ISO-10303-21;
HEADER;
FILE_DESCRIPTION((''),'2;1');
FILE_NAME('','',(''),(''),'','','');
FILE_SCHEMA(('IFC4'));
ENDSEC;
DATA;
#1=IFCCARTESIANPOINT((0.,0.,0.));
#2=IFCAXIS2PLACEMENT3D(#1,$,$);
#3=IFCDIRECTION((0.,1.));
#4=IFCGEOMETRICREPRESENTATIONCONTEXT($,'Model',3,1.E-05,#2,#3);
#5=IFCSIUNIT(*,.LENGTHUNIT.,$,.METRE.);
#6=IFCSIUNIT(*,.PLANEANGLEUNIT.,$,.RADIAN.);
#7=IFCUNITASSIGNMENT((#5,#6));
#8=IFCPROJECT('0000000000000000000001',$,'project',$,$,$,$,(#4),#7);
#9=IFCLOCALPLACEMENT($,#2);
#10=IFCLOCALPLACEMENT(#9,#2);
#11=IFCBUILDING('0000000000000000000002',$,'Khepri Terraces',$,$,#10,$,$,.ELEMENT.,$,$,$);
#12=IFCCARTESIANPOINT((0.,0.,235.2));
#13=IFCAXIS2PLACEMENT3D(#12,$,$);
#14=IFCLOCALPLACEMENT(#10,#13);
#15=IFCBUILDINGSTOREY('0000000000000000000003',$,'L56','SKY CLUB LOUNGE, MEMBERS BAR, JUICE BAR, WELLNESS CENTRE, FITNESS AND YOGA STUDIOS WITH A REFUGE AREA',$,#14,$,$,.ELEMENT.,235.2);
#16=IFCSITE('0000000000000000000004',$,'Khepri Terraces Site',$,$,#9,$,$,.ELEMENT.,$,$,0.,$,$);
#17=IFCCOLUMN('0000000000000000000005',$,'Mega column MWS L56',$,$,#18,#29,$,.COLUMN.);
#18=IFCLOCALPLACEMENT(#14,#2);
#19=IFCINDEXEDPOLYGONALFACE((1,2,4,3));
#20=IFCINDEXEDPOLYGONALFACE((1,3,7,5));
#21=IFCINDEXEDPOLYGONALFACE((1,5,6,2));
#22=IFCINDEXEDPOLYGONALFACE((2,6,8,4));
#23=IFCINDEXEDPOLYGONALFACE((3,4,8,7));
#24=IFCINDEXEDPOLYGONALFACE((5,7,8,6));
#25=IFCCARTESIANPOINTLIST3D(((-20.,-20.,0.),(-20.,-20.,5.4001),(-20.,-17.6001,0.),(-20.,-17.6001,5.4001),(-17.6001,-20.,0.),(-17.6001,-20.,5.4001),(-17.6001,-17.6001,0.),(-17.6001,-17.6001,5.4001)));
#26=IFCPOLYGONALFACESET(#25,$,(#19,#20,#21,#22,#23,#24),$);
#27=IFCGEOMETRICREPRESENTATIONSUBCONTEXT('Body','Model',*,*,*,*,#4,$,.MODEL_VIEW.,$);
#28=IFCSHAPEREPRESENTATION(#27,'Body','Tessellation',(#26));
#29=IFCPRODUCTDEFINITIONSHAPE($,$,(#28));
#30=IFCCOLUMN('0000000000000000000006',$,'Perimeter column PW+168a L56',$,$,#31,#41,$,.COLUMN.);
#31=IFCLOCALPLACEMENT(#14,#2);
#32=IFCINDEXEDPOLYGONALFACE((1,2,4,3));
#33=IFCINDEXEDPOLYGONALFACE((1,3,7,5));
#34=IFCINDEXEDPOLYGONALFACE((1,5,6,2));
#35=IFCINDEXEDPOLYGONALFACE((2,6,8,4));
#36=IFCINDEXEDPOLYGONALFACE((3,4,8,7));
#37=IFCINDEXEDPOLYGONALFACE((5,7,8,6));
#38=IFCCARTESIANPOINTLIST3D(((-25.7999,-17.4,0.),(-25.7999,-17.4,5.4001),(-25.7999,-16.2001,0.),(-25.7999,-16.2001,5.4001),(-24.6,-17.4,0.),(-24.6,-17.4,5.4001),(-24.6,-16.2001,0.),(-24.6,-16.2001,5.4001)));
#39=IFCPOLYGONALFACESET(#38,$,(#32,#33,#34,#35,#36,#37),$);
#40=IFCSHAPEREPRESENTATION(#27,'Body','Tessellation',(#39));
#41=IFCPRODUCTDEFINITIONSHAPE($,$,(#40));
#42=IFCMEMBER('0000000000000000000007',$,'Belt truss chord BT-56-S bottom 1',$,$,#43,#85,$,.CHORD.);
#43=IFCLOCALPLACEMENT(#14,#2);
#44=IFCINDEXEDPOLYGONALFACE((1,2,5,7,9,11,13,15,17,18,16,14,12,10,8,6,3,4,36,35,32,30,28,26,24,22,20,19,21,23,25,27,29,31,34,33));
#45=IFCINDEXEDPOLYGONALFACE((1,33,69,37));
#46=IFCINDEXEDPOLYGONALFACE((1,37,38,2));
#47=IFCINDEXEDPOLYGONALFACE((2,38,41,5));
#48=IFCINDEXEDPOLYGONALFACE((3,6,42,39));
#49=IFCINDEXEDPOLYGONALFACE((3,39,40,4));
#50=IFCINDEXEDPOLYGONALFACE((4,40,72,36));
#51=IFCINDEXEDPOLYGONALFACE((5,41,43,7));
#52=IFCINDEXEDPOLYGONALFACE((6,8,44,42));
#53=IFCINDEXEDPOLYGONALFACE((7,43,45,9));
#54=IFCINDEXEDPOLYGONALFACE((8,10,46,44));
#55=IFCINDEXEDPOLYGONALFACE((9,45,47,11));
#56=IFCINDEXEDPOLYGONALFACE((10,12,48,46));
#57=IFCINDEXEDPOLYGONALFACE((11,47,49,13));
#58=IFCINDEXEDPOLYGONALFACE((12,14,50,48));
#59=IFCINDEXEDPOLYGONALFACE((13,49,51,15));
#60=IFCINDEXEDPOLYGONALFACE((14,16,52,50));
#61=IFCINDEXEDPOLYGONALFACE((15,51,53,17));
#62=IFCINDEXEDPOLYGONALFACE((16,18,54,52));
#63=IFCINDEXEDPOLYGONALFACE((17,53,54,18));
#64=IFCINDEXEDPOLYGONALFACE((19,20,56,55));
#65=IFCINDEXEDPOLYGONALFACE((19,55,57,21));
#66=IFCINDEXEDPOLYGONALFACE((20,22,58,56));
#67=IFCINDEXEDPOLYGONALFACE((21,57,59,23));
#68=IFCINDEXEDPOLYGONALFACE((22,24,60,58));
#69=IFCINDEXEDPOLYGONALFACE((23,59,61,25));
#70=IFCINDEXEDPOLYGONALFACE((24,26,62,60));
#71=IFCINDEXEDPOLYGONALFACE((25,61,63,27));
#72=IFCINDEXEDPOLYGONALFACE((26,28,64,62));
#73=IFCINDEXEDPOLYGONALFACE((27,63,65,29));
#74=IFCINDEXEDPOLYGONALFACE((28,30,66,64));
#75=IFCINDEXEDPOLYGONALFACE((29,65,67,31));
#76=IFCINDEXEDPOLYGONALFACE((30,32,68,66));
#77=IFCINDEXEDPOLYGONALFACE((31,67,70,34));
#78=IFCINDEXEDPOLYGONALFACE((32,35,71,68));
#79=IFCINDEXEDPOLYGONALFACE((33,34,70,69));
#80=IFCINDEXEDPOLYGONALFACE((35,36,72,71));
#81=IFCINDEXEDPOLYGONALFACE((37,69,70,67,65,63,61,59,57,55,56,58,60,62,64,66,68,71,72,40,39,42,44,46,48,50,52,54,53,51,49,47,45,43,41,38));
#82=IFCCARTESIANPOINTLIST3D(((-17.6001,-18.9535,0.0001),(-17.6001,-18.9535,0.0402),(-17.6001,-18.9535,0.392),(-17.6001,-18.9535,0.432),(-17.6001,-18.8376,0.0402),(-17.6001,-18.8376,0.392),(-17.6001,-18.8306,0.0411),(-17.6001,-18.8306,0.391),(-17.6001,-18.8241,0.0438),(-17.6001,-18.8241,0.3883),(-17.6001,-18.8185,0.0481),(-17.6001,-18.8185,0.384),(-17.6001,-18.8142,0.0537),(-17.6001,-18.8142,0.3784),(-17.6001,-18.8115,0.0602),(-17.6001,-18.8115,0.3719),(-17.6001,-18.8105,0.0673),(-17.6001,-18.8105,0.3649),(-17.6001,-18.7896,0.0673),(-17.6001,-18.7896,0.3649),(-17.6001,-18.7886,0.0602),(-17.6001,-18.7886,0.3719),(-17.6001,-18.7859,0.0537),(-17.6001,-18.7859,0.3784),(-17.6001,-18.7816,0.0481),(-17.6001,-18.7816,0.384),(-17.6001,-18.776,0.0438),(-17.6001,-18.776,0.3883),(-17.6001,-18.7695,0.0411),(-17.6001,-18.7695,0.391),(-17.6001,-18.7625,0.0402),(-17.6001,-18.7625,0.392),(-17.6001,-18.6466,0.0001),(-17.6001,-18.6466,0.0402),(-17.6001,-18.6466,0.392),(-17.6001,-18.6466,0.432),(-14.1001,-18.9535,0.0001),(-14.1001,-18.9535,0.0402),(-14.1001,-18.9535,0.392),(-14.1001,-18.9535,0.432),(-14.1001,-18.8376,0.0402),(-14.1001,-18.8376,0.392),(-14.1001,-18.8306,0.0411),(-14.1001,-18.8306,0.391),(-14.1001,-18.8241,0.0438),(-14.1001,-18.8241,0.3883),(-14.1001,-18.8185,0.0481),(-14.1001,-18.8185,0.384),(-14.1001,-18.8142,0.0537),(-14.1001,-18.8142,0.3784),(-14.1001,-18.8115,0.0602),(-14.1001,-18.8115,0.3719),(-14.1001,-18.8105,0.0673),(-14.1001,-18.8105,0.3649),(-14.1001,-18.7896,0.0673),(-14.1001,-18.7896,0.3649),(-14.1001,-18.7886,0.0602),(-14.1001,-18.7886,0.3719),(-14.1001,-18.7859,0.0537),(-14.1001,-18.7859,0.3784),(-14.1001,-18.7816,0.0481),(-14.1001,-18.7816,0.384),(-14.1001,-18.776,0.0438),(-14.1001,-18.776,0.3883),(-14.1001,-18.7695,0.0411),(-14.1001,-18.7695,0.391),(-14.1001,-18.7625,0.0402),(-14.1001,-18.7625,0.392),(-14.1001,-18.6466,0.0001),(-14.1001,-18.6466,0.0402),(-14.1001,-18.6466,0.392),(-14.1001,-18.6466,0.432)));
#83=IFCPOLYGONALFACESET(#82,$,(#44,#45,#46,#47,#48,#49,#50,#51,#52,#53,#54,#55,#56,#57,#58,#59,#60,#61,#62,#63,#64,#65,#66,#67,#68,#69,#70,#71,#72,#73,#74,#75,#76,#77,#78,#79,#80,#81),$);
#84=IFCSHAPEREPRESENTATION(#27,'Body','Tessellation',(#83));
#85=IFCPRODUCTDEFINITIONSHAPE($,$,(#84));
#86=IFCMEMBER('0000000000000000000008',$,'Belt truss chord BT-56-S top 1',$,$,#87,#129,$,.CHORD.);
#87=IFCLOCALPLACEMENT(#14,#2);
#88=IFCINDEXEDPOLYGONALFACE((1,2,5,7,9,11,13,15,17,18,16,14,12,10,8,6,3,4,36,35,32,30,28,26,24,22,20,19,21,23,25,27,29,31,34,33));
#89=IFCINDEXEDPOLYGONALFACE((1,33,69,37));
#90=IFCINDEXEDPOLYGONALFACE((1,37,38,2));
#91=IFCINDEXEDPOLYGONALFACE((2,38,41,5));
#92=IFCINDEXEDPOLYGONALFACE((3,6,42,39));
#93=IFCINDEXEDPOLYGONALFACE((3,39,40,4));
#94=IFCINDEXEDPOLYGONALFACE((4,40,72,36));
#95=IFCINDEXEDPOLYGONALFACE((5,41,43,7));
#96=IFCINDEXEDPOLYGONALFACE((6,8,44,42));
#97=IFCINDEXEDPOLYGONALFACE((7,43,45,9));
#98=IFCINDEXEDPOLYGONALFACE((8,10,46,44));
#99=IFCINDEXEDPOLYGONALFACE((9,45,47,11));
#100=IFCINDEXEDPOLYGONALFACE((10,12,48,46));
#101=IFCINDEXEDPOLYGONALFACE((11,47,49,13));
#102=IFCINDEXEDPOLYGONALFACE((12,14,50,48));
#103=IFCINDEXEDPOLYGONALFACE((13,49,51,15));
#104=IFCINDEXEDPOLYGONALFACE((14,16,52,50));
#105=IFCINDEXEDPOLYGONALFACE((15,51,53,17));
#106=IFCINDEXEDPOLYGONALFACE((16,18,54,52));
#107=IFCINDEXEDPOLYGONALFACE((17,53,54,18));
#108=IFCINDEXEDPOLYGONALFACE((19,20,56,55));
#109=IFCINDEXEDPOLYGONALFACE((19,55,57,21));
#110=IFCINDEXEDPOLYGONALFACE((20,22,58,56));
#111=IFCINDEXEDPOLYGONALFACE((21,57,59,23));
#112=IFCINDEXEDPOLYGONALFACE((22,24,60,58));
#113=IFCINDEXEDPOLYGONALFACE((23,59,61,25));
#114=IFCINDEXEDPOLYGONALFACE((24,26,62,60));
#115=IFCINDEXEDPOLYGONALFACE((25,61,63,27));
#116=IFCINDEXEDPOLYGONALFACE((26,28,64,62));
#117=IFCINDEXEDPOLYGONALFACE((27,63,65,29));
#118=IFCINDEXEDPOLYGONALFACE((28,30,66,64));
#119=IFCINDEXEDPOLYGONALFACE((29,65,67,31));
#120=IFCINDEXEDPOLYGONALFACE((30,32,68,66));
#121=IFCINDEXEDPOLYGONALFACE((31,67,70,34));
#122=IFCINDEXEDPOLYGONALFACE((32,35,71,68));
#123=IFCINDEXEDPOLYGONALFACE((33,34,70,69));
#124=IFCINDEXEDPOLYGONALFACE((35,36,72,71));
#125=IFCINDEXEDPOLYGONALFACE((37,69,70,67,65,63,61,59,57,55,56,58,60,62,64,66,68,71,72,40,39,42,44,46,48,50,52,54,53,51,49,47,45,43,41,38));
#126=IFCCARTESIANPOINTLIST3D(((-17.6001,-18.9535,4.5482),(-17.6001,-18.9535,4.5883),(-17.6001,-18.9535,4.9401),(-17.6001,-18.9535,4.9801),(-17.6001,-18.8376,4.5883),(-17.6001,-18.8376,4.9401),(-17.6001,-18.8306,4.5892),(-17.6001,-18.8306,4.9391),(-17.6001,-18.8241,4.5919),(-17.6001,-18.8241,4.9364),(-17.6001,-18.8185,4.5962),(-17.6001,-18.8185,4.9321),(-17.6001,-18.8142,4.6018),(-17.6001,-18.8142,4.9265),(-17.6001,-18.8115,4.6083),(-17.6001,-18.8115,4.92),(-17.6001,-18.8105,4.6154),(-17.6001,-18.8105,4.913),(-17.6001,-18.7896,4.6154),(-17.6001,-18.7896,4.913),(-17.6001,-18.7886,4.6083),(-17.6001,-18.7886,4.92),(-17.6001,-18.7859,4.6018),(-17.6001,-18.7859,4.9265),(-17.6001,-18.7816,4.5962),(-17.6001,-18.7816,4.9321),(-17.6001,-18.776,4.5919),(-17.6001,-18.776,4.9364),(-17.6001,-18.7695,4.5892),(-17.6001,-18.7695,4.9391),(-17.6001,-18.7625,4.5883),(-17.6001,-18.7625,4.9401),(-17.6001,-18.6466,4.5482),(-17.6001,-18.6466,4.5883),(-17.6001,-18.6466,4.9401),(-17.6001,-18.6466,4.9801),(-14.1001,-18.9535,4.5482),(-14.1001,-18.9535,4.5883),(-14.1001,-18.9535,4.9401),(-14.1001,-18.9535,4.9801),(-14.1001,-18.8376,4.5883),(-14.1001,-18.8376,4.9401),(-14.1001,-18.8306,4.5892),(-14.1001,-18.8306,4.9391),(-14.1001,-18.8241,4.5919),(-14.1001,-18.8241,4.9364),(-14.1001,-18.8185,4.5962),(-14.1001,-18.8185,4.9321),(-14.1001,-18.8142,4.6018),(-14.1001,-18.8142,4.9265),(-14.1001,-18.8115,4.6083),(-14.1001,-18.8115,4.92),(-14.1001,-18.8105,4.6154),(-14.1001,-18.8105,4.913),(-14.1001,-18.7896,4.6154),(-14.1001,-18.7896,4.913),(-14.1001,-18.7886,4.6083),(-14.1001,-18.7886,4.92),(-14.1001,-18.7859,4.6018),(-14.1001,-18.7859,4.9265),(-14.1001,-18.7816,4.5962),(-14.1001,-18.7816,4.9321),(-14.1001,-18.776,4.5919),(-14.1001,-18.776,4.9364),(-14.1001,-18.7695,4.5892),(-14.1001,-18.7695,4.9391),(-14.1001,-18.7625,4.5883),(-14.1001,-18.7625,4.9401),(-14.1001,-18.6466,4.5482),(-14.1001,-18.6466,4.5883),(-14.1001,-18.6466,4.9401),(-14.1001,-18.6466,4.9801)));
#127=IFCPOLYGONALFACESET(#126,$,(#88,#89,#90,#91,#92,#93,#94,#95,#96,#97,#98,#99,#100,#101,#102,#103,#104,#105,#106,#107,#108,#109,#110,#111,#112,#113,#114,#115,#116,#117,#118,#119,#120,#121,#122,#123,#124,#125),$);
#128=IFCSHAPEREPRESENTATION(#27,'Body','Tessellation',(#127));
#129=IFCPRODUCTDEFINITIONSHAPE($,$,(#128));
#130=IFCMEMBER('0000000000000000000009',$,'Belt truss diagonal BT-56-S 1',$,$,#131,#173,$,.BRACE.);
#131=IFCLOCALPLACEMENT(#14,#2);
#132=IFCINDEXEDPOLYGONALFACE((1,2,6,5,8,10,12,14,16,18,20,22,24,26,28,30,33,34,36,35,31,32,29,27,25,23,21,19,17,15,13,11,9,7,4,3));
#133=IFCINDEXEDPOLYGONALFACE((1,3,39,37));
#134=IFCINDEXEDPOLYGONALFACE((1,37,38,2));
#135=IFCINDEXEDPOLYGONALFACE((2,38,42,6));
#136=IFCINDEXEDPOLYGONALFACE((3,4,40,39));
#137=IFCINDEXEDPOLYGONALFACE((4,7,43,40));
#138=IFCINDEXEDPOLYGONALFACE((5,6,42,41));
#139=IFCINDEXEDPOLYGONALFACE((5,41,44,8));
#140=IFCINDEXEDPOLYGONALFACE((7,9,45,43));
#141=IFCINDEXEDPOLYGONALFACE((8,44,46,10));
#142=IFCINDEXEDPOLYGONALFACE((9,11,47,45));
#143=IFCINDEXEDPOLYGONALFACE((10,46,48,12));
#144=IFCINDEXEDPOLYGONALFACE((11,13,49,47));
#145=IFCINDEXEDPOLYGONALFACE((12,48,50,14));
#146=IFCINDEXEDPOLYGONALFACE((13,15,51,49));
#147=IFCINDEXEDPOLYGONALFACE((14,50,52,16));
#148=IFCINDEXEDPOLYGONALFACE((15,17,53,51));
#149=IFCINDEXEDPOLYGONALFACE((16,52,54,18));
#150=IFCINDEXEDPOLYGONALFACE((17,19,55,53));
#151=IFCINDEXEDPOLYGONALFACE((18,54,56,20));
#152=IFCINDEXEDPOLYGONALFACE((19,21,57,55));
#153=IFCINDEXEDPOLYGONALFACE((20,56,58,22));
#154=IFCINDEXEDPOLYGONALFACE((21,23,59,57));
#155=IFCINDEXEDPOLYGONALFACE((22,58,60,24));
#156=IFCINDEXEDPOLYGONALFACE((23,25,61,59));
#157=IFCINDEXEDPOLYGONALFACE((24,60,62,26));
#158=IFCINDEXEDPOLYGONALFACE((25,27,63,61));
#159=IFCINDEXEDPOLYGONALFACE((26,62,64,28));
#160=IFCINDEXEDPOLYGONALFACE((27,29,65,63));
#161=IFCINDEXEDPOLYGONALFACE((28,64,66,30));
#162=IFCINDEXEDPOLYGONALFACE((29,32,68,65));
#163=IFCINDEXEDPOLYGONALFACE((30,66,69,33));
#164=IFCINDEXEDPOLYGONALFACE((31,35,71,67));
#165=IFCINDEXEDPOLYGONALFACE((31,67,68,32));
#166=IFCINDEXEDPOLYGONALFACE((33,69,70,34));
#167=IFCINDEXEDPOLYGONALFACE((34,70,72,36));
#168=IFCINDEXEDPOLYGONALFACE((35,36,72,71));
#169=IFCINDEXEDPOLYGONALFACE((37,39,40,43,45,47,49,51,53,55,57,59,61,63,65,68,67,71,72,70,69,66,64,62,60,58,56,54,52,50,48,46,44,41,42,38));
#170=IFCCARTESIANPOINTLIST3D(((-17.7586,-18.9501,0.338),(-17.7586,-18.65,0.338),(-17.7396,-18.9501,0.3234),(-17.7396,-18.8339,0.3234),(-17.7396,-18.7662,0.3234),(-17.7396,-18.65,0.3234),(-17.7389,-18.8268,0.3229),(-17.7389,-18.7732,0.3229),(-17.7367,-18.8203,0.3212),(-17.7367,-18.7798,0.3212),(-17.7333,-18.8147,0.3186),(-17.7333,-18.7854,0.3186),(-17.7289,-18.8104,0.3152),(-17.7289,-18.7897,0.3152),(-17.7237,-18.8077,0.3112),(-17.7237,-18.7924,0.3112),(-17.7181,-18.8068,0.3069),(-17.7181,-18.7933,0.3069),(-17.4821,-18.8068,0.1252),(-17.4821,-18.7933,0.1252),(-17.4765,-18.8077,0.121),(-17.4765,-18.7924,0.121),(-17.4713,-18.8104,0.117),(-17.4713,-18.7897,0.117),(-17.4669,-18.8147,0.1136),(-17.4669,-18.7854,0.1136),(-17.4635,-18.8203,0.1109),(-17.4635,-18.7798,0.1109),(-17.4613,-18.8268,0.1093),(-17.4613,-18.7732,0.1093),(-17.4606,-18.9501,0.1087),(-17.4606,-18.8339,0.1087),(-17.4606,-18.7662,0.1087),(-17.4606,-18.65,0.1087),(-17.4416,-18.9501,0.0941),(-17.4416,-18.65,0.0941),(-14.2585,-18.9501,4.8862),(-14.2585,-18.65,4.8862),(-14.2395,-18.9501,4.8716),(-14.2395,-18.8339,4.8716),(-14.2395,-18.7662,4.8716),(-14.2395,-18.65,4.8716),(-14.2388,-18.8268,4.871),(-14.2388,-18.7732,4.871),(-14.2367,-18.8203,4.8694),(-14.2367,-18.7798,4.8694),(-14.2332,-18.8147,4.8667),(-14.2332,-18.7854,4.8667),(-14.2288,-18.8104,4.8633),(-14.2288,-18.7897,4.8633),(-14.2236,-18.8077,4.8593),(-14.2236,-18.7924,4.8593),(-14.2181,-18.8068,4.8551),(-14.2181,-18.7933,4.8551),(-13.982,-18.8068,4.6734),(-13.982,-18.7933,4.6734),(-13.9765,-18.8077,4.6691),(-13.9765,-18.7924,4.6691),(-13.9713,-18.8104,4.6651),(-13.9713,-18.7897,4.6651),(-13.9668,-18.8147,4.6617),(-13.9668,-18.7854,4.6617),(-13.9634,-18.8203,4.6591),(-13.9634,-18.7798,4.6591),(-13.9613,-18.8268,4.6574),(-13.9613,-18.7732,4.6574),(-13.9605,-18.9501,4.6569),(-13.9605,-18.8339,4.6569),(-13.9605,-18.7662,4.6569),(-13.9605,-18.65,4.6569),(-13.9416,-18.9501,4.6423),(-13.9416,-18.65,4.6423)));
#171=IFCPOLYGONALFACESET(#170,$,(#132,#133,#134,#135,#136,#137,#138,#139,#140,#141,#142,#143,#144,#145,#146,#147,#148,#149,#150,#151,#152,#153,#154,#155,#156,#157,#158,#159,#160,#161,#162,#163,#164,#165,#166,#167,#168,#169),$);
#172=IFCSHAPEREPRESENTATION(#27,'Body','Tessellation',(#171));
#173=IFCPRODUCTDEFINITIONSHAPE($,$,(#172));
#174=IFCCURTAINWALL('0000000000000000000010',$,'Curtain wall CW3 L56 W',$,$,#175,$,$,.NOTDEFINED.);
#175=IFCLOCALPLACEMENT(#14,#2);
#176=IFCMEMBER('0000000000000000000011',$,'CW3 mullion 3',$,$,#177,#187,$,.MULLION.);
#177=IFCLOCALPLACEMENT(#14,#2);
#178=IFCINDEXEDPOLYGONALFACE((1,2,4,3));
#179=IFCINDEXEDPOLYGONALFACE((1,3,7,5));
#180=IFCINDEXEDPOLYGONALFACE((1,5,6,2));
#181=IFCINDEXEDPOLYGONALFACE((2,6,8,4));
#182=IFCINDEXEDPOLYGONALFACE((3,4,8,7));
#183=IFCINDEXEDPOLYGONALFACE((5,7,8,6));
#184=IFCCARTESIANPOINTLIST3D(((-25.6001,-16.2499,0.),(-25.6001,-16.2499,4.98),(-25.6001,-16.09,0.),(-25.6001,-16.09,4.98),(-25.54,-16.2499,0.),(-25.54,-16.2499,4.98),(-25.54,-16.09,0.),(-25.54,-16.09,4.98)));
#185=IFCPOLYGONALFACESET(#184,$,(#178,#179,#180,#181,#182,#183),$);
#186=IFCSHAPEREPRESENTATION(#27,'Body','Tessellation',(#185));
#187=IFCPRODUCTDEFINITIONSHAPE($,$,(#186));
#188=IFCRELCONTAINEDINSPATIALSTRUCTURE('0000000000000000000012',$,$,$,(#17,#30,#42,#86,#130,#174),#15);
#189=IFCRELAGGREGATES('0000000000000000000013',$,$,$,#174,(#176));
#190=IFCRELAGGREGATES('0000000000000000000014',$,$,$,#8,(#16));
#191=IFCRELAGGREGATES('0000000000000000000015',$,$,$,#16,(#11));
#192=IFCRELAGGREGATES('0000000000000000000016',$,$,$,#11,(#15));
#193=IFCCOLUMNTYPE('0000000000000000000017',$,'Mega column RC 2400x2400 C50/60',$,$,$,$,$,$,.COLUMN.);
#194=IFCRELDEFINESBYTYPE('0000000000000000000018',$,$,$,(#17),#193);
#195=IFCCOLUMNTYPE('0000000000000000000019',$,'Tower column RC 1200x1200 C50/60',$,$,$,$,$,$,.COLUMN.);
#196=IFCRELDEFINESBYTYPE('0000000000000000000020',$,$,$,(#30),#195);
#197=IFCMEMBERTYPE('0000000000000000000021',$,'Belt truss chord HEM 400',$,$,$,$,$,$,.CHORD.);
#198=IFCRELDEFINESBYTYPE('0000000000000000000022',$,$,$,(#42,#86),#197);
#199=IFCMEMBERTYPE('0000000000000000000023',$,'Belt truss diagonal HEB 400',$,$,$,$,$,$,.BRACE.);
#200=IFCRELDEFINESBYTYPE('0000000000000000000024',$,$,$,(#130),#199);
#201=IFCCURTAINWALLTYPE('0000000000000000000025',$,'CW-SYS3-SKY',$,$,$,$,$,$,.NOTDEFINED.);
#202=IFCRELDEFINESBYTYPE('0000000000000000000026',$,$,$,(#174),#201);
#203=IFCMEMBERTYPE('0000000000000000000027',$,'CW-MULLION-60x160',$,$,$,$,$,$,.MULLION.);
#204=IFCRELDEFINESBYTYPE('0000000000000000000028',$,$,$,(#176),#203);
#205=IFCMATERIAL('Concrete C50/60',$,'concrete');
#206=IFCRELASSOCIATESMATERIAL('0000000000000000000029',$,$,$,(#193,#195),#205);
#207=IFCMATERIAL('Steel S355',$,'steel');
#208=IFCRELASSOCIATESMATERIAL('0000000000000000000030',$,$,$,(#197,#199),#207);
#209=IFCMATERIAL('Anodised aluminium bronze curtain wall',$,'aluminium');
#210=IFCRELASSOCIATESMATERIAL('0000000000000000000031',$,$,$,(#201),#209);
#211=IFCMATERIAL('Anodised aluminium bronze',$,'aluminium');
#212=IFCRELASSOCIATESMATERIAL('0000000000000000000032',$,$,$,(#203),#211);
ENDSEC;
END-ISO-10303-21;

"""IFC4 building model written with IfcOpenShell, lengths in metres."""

from ifc_helpers import new_model, si_unit, direction, frame, origin, origin_2d, place, context, subcontext, project, spatial, rectangle, i_section, extrude, material, material_profile, profile_set, type_object, element, aggregate, save


model = new_model("IFC4")

# Units and contexts
model_context = context("Model", 3, precision=1e-05, world=origin(), true_north=direction((0.0, 1.0)))
body_context = subcontext(model_context, "Body", "Model", "MODEL_VIEW")
ifc_project = project(units=[si_unit("LENGTHUNIT", "METRE"), si_unit("PLANEANGLEUNIT", "RADIAN")], contexts=[model_context])

# Site, building, storey
site_placement = place(None, origin())
site = spatial("IfcSite", under=ifc_project, at=site_placement, Name="Khepri Terraces Site", CompositionType="ELEMENT", RefElevation=0.0)
building_placement = place(site_placement, origin())
building = spatial("IfcBuilding", under=site, at=building_placement, Name="Khepri Terraces", CompositionType="ELEMENT")
storey_placement = place(building_placement, frame((0.0, 0.0, 235.2)))
storey = spatial("IfcBuildingStorey", under=building, at=storey_placement, Name="L56", Description="SKY CLUB LOUNGE, MEMBERS BAR, JUICE BAR, WELLNESS CENTRE, FITNESS AND YOGA STUDIOS WITH A REFUGE AREA", CompositionType="ELEMENT", Elevation=235.2)

# Columns
ifc_material_1 = material(Name="Concrete C50/60", Category="concrete")
ifc_material_profile_1 = material_profile(ifc_material_1, rectangle(XDim=2.3999, YDim=2.3999, at=origin_2d()), Name="Concrete C50/60", Category="concrete")
ifc_profile_set_1 = profile_set([ifc_material_profile_1], Name="Concrete C50/60")
column_type_1 = type_object("IfcColumnType", Name="Mega column RC 2400x2400 C50/60", PredefinedType="COLUMN", material=ifc_profile_set_1)
column_1_placement = place(storey_placement, frame((-18.8, -18.8, 0.0), z_axis=(0.0, 0.0, 1.0), x_axis=(1.0, 0.0, 0.0)))
element("IfcColumn", 1, at=column_1_placement, inside=storey, type_object=column_type_1, Name="Mega column MWS L56", PredefinedType="COLUMN", context=body_context, shape_type="SweptSolid", body=[
    extrude(rectangle(XDim=2.3999, YDim=2.3999, at=origin_2d()), origin(), (0.0, 0.0, 1.0), 5.4001),
])
ifc_material_profile_2 = material_profile(ifc_material_1, rectangle(XDim=1.2, YDim=1.2, at=origin_2d()), Name="Concrete C50/60", Category="concrete")
ifc_profile_set_2 = profile_set([ifc_material_profile_2], Name="Concrete C50/60")
column_type_2 = type_object("IfcColumnType", Name="Tower column RC 1200x1200 C50/60", PredefinedType="COLUMN", material=ifc_profile_set_2)
column_2_placement = place(storey_placement, frame((-25.2, -16.8, 0.0), z_axis=(0.0, 0.0, 1.0), x_axis=(1.0, 0.0, 0.0)))
element("IfcColumn", 2, at=column_2_placement, inside=storey, type_object=column_type_2, Name="Perimeter column PW+168a L56", PredefinedType="COLUMN", context=body_context, shape_type="SweptSolid", body=[
    extrude(rectangle(XDim=1.2, YDim=1.2, at=origin_2d()), origin(), (0.0, 0.0, 1.0), 5.4001),
])

# Members
ifc_material_2 = material(Name="Steel S355", Category="steel")
ifc_material_profile_3 = material_profile(ifc_material_2, i_section(OverallWidth=0.3069, OverallDepth=0.4319, WebThickness=0.021, FlangeThickness=0.04, FilletRadius=0.0271, at=origin_2d()), Name="Steel S355", Category="steel")
ifc_profile_set_3 = profile_set([ifc_material_profile_3], Name="Steel S355")
member_type_1 = type_object("IfcMemberType", Name="Belt truss chord HEM 400", PredefinedType="CHORD", material=ifc_profile_set_3)
for number, where, z_axis, x_axis, name in (
    (3, (-17.6001, -18.8, 0.2161), (1.0, 0.0, 0.0), (0.0, 1.0, 0.0), "Belt truss chord BT-56-S bottom 1"),
    (4, (-17.6001, -18.8, 4.7642), (1.0, 0.0, 0.0), (0.0, 1.0, 0.0), "Belt truss chord BT-56-S top 1"),
):
    element("IfcMember", number, at=place(storey_placement, frame(where, z_axis=z_axis, x_axis=x_axis)), inside=storey, type_object=member_type_1, Name=name, PredefinedType="CHORD", context=body_context, shape_type="SweptSolid", body=[
        extrude(i_section(OverallWidth=0.3069, OverallDepth=0.4319, WebThickness=0.021, FlangeThickness=0.04, FilletRadius=0.0271, at=origin_2d()), origin(), (0.0, 0.0, 1.0), 3.5),
    ])
ifc_material_profile_4 = material_profile(ifc_material_2, i_section(OverallWidth=0.3, OverallDepth=0.3999, WebThickness=0.0134, FlangeThickness=0.0239, FilletRadius=0.0271, at=origin_2d()), Name="Steel S355", Category="steel")
ifc_profile_set_4 = profile_set([ifc_material_profile_4], Name="Steel S355")
member_type_2 = type_object("IfcMemberType", Name="Belt truss diagonal HEB 400", PredefinedType="BRACE", material=ifc_profile_set_4)
member_1_placement = place(storey_placement, frame((-17.6001, -18.8, 0.2161), z_axis=(0.609871, 0.0, 0.792501), x_axis=(0.0, 1.0, 0.0)))
element("IfcMember", 5, at=member_1_placement, inside=storey, type_object=member_type_2, Name="Belt truss diagonal BT-56-S 1", PredefinedType="BRACE", context=body_context, shape_type="SweptSolid", body=[
    extrude(i_section(OverallWidth=0.3, OverallDepth=0.3999, WebThickness=0.0134, FlangeThickness=0.0239, FilletRadius=0.0271, at=origin_2d()), origin(), (0.0, 0.0, 1.0), 5.739),
])

# Curtain wall, member
ifc_material_3 = material(Name="Anodised aluminium bronze curtain wall", Category="aluminium")
curtain_wall_type = type_object("IfcCurtainWallType", Name="CW-SYS3-SKY", PredefinedType="NOTDEFINED", material=ifc_material_3)
curtain_wall_1_placement = place(storey_placement, origin())
curtain_wall_1 = element("IfcCurtainWall", 6, at=curtain_wall_1_placement, inside=storey, type_object=curtain_wall_type, Name="Curtain wall CW3 L56 W", PredefinedType="NOTDEFINED")
ifc_material_4 = material(Name="Anodised aluminium bronze", Category="aluminium")
ifc_material_profile_5 = material_profile(ifc_material_4, rectangle(XDim=0.0601, YDim=0.1599, at=origin_2d()), Name="Anodised aluminium bronze", Category="aluminium")
ifc_profile_set_5 = profile_set([ifc_material_profile_5], Name="Anodised aluminium bronze")
member_type_3 = type_object("IfcMemberType", Name="CW-MULLION-60x160", PredefinedType="MULLION", material=ifc_profile_set_5)
member_2_placement = place(storey_placement, frame((-25.5701, -16.1699, 0.0), z_axis=(0.0, 0.0, 1.0), x_axis=(1.0, 0.0, 0.0)))
member_2 = element("IfcMember", 7, at=member_2_placement, type_object=member_type_3, Name="CW3 mullion 3", PredefinedType="MULLION", context=body_context, shape_type="SweptSolid", body=[
    extrude(rectangle(XDim=0.0601, YDim=0.1599, at=origin_2d()), origin(), (0.0, 0.0, 1.0), 4.98),
])
aggregate(curtain_wall_1, [member_2])

save(model, "model.ifc")
